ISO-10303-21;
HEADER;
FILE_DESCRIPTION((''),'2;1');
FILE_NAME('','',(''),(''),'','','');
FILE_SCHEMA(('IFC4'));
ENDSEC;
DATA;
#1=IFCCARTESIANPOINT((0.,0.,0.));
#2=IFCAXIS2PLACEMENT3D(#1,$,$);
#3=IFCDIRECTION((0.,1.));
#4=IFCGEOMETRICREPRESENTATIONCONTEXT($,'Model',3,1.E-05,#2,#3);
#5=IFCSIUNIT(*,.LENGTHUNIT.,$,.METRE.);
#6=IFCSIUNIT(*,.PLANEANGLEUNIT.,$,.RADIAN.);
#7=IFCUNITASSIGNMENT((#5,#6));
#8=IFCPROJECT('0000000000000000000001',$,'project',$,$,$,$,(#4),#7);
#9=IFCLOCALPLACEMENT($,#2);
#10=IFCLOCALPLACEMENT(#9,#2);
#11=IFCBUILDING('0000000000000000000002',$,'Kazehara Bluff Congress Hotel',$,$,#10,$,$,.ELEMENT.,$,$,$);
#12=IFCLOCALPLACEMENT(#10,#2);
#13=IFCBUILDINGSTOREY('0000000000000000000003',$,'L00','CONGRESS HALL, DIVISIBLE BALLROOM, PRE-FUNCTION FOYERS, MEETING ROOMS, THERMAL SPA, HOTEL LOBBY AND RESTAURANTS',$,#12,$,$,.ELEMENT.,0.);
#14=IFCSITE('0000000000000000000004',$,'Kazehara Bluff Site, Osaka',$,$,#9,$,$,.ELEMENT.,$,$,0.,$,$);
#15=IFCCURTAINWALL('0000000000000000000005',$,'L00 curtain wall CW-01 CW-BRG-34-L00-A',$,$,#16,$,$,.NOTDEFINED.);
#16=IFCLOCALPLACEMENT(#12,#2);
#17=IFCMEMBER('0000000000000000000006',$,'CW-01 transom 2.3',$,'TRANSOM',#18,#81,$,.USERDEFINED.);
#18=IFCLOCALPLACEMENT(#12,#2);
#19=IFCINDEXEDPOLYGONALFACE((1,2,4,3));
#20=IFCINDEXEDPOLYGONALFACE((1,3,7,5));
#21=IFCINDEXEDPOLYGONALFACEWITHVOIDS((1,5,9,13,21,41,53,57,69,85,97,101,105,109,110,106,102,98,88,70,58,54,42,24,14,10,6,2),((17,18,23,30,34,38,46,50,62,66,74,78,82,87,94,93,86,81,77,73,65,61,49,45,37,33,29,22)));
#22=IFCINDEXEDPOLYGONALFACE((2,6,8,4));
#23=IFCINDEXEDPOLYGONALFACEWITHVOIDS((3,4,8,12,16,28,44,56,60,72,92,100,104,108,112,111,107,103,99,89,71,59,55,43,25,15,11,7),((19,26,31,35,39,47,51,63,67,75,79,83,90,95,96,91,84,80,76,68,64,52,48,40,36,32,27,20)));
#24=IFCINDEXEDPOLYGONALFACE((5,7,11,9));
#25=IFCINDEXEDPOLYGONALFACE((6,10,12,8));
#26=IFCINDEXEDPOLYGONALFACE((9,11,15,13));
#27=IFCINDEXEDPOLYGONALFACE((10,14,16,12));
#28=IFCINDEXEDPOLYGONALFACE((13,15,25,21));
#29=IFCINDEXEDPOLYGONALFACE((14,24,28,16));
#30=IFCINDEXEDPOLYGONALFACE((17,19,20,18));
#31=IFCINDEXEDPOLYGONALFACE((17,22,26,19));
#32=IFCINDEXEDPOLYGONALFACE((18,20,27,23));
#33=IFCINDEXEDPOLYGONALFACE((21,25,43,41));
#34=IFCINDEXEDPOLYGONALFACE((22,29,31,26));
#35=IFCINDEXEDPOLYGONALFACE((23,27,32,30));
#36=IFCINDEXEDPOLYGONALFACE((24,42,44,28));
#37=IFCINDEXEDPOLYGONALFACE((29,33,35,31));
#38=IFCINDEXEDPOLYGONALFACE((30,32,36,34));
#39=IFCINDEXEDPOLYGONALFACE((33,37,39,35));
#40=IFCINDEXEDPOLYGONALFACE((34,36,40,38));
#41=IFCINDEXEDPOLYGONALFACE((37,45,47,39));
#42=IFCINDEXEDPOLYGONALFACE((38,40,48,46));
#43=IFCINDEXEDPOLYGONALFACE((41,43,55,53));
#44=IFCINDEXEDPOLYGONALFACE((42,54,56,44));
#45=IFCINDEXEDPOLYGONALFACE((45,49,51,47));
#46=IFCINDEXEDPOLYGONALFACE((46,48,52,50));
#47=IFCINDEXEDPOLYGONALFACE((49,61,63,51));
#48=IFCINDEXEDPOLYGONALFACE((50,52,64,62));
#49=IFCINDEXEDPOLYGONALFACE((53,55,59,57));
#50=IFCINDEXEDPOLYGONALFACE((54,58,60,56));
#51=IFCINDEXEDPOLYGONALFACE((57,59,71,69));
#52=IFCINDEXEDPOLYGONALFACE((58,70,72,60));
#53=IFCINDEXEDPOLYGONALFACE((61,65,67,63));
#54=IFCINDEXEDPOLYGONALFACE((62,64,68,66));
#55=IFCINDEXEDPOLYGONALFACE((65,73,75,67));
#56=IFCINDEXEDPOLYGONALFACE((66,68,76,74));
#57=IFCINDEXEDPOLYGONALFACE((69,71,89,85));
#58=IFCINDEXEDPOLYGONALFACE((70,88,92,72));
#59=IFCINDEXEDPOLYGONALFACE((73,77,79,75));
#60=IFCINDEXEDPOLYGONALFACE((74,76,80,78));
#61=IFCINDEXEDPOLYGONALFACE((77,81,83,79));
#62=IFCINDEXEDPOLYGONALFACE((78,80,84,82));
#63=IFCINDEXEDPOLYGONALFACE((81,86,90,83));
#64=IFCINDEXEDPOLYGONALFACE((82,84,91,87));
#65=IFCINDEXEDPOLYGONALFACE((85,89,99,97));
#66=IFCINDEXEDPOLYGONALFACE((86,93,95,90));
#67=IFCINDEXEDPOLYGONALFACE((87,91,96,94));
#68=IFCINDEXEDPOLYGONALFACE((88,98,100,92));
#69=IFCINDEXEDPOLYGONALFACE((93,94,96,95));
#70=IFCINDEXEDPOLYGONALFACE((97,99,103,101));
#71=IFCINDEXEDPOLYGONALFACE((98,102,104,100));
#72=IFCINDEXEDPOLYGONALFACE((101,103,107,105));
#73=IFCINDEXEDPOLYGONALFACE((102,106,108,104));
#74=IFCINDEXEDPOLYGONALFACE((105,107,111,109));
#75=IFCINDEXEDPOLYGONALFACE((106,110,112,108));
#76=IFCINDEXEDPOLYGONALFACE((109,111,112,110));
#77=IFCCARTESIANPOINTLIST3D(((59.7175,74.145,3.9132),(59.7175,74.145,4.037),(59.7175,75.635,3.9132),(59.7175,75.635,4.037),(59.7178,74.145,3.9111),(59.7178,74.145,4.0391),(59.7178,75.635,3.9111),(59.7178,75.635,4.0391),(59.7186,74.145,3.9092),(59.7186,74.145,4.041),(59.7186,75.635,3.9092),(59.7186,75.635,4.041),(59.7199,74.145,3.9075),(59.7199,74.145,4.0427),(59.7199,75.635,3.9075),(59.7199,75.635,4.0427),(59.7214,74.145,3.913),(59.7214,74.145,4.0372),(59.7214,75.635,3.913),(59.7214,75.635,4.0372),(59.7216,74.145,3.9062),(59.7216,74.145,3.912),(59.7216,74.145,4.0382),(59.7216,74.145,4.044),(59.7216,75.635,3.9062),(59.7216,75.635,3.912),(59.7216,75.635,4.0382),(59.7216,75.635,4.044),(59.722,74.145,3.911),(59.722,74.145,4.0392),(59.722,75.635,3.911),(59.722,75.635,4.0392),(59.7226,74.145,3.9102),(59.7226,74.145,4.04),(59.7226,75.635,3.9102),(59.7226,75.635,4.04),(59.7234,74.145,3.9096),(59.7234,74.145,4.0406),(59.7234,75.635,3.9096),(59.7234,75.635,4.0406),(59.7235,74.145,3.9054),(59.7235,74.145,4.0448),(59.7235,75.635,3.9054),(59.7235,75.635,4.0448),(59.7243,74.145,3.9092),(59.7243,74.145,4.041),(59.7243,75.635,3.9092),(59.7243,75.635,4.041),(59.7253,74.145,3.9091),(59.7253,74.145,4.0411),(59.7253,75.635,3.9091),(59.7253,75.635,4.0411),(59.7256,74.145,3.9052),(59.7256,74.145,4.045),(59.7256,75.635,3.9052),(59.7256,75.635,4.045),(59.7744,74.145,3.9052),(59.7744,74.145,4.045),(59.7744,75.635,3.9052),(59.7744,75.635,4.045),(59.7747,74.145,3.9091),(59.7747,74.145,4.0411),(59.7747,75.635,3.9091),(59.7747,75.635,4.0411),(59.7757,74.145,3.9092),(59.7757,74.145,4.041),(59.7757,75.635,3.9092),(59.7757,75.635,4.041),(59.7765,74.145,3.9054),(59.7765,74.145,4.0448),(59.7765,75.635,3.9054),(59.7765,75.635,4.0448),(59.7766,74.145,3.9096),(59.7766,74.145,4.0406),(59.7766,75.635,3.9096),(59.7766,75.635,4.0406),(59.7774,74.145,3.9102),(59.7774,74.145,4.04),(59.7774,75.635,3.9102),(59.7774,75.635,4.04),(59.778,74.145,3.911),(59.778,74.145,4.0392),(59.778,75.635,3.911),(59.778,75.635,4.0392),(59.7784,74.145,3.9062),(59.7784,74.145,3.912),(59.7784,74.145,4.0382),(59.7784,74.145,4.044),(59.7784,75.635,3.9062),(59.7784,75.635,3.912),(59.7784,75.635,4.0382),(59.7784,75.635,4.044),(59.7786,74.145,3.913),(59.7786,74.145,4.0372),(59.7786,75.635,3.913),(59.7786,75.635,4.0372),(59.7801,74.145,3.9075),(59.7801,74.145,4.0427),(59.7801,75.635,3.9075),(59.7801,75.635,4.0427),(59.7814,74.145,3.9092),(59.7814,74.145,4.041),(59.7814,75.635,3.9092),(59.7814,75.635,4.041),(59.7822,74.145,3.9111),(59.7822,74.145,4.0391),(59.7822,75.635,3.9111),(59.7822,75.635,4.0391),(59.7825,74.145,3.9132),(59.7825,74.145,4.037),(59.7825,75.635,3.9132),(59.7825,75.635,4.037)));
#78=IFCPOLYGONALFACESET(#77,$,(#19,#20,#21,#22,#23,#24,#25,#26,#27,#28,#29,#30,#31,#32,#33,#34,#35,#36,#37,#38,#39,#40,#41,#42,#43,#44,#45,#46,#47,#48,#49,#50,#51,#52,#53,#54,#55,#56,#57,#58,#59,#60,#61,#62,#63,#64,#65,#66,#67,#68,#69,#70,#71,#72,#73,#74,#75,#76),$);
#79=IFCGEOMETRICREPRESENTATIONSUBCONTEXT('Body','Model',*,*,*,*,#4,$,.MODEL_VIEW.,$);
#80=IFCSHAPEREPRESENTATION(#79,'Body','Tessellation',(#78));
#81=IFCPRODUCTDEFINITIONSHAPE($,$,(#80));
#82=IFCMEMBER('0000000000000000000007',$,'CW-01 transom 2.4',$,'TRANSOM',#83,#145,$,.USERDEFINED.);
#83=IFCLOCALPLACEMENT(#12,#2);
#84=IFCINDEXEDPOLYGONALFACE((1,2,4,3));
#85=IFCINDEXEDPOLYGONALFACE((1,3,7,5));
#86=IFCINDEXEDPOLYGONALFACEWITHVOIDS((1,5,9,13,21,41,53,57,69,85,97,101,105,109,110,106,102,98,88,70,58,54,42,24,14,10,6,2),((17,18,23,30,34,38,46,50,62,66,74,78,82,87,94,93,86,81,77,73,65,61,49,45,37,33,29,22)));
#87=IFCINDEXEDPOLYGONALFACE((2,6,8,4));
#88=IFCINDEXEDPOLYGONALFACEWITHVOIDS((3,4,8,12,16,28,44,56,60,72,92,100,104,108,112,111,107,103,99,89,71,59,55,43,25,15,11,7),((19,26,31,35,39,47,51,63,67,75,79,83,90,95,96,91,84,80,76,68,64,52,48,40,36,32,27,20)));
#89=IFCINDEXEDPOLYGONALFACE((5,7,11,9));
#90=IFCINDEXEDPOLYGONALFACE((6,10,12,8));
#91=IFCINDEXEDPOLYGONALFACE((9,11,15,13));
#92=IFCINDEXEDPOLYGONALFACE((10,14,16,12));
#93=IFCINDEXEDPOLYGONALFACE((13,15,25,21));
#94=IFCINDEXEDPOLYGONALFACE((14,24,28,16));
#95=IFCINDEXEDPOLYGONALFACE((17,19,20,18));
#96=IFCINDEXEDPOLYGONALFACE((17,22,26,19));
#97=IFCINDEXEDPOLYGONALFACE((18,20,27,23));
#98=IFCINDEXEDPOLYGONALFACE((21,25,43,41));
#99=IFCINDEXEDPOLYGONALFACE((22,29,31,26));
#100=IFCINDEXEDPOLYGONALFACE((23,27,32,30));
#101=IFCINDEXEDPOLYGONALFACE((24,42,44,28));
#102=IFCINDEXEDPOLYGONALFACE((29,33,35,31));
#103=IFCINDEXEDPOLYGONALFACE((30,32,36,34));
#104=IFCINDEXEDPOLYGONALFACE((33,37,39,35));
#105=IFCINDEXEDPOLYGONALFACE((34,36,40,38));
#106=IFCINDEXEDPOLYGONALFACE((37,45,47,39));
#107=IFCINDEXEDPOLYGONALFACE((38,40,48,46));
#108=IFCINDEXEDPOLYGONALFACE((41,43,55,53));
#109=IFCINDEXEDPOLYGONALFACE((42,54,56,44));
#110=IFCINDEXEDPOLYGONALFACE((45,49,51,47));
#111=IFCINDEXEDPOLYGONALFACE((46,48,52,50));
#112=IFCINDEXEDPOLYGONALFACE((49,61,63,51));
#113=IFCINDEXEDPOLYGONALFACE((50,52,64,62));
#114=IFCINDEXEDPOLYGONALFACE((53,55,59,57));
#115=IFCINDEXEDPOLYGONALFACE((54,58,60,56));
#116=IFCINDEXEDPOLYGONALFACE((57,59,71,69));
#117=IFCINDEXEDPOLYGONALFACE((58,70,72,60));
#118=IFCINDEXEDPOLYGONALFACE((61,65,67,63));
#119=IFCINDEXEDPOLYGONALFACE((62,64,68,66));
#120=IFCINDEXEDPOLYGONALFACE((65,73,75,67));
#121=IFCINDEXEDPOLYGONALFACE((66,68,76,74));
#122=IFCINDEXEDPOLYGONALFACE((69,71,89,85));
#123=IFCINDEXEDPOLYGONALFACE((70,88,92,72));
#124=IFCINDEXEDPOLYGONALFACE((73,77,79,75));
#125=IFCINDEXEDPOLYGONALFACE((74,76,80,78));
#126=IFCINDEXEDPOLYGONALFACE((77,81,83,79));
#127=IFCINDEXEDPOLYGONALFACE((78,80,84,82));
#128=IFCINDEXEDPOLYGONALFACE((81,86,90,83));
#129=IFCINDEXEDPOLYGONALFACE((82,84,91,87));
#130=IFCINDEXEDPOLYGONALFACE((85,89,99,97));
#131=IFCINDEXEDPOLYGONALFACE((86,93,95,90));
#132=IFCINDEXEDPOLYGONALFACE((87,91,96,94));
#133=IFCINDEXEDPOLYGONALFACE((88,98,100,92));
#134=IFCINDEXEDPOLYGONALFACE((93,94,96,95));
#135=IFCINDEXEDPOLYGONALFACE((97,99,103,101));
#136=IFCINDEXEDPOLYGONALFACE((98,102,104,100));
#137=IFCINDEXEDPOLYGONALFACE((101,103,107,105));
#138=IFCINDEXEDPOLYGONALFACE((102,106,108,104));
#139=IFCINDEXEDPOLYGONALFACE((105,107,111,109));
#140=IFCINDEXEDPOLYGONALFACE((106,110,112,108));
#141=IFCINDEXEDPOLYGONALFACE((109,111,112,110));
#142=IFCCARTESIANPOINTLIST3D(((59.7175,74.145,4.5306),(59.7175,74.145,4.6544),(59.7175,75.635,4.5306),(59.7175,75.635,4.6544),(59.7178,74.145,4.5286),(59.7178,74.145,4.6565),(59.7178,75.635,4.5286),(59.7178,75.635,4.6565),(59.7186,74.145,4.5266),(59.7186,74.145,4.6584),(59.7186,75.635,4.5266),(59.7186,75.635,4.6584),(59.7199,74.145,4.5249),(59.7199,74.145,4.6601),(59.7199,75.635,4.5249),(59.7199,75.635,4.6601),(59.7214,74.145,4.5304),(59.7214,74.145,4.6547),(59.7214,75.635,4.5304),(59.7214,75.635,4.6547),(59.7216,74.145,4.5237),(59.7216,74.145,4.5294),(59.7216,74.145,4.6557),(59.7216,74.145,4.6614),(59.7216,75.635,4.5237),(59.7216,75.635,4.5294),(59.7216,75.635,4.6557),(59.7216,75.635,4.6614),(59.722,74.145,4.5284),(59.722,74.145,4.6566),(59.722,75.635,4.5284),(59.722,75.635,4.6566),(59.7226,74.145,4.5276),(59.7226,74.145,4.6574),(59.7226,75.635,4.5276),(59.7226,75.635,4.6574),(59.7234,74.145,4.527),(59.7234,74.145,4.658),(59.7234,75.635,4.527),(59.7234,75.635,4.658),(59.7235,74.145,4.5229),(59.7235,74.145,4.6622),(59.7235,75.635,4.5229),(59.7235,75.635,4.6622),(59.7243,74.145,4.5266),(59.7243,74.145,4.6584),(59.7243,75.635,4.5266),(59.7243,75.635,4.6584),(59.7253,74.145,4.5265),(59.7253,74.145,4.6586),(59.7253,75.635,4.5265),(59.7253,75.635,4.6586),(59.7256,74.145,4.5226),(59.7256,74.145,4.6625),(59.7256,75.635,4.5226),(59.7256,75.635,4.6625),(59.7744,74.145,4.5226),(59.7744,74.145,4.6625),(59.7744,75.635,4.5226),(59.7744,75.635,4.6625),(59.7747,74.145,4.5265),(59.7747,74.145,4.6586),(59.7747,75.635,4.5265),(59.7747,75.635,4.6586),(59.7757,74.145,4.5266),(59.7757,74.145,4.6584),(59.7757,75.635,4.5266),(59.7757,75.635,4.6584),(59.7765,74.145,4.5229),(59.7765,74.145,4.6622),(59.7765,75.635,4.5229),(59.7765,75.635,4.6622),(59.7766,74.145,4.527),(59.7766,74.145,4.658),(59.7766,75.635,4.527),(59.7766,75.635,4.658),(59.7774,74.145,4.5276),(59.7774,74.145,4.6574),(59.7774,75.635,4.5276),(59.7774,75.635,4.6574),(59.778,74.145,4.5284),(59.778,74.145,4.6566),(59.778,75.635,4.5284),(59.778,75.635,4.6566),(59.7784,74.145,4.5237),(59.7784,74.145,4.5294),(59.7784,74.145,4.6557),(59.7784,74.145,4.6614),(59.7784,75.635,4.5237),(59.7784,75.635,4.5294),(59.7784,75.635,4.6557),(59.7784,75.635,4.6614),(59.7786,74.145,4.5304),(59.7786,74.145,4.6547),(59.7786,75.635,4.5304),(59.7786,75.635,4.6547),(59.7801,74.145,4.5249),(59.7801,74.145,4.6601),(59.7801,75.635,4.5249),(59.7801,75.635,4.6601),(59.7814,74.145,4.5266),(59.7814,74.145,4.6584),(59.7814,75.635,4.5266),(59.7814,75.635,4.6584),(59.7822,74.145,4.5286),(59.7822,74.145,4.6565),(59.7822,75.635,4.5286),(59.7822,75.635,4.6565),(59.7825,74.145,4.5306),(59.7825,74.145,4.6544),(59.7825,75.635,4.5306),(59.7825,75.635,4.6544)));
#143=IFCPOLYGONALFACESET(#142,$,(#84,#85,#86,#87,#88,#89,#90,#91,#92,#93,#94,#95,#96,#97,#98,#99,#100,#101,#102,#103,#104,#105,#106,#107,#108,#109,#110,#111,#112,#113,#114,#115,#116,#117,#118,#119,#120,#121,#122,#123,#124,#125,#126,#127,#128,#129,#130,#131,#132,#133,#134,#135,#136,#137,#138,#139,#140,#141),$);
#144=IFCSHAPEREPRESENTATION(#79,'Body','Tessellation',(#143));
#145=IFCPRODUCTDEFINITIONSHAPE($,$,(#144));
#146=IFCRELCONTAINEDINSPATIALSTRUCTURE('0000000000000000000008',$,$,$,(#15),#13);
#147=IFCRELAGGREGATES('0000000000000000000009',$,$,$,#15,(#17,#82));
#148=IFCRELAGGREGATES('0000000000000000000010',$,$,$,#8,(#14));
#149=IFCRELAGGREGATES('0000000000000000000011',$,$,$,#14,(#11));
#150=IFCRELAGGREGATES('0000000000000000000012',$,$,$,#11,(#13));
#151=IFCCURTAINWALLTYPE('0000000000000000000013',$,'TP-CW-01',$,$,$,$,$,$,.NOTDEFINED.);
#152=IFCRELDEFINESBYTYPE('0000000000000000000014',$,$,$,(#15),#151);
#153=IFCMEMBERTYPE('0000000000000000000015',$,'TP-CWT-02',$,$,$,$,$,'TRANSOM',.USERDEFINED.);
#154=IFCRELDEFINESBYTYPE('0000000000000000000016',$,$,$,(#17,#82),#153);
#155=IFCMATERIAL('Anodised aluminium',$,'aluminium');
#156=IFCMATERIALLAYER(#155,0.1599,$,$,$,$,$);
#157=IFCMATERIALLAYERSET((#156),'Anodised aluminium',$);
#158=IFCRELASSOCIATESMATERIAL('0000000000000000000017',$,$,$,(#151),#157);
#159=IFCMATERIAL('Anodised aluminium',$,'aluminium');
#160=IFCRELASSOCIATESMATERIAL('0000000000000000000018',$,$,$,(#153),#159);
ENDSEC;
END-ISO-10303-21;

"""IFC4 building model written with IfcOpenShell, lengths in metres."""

from ifc_helpers import new_model, si_unit, direction, frame, origin, origin_2d, place, context, subcontext, project, spatial, hollow_rectangle, extrude, material, layer, layer_set, material_profile, profile_set, type_object, element, aggregate, save


model = new_model("IFC4")

# Units and contexts
model_context = context("Model", 3, precision=1e-05, world=origin(), true_north=direction((0.0, 1.0)))
body_context = subcontext(model_context, "Body", "Model", "MODEL_VIEW")
ifc_project = project(units=[si_unit("LENGTHUNIT", "METRE"), si_unit("PLANEANGLEUNIT", "RADIAN")], contexts=[model_context])

# Site, building, storey
site_placement = place(None, origin())
site = spatial("IfcSite", under=ifc_project, at=site_placement, Name="Kazehara Bluff Site, Osaka", CompositionType="ELEMENT", RefElevation=0.0)
building_placement = place(site_placement, origin())
building = spatial("IfcBuilding", under=site, at=building_placement, Name="Kazehara Bluff Congress Hotel", CompositionType="ELEMENT")
storey_placement = place(building_placement, origin())
storey = spatial("IfcBuildingStorey", under=building, at=storey_placement, Name="L00", Description="CONGRESS HALL, DIVISIBLE BALLROOM, PRE-FUNCTION FOYERS, MEETING ROOMS, THERMAL SPA, HOTEL LOBBY AND RESTAURANTS", CompositionType="ELEMENT", Elevation=0.0)

# Curtain wall
ifc_material_1 = material(Name="Anodised aluminium", Category="aluminium")
ifc_layer_1 = layer(ifc_material_1, 0.1599)
ifc_layer_set_1 = layer_set([ifc_layer_1], Name="Anodised aluminium")
curtain_wall_type = type_object("IfcCurtainWallType", Name="TP-CW-01", PredefinedType="NOTDEFINED", material=ifc_layer_set_1)
curtain_wall_1_placement = place(storey_placement, origin())
curtain_wall_1 = element("IfcCurtainWall", 1, at=curtain_wall_1_placement, inside=storey, type_object=curtain_wall_type, Name="L00 curtain wall CW-01 CW-BRG-34-L00-A", PredefinedType="NOTDEFINED")

# Members
ifc_material_2 = material(Name="Anodised aluminium", Category="aluminium")
ifc_material_profile_1 = material_profile(ifc_material_2, hollow_rectangle(XDim=0.0649, YDim=0.1399, WallThickness=0.0039, InnerFilletRadius=0.0039, OuterFilletRadius=0.0081, at=origin_2d()))
ifc_profile_set_1 = profile_set([ifc_material_profile_1], Name="Anodised aluminium")
member_type_1 = type_object("IfcMemberType", Name="TP-CWT-02", ElementType="TRANSOM", PredefinedType="USERDEFINED", material=ifc_profile_set_1)
member_1_placement = place(storey_placement, frame((59.75, 74.145, 3.9751), z_axis=(0.0, 1.0, 0.0), x_axis=(-1.0, 0.0, 0.0)))
member_1 = element("IfcMember", 2, at=member_1_placement, type_object=member_type_1, Name="CW-01 transom 2.3", ObjectType="TRANSOM", PredefinedType="USERDEFINED", context=body_context, shape_type="SweptSolid", body=[
    extrude(hollow_rectangle(XDim=0.0649, YDim=0.1399, WallThickness=0.0039, InnerFilletRadius=0.0039, OuterFilletRadius=0.0081, at=origin_2d()), origin(), (0.0, 0.0, 1.0), 1.49),
])
member_2_placement = place(storey_placement, frame((59.75, 74.145, 4.5925), z_axis=(0.0, 1.0, 0.0), x_axis=(-1.0, 0.0, 0.0)))
member_2 = element("IfcMember", 3, at=member_2_placement, type_object=member_type_1, Name="CW-01 transom 2.4", ObjectType="TRANSOM", PredefinedType="USERDEFINED", context=body_context, shape_type="SweptSolid", body=[
    extrude(hollow_rectangle(XDim=0.0649, YDim=0.1399, WallThickness=0.0039, InnerFilletRadius=0.0039, OuterFilletRadius=0.0081, at=origin_2d()), origin(), (0.0, 0.0, 1.0), 1.49),
])

aggregate(curtain_wall_1, [member_1, member_2])

save(model, "model.ifc")
